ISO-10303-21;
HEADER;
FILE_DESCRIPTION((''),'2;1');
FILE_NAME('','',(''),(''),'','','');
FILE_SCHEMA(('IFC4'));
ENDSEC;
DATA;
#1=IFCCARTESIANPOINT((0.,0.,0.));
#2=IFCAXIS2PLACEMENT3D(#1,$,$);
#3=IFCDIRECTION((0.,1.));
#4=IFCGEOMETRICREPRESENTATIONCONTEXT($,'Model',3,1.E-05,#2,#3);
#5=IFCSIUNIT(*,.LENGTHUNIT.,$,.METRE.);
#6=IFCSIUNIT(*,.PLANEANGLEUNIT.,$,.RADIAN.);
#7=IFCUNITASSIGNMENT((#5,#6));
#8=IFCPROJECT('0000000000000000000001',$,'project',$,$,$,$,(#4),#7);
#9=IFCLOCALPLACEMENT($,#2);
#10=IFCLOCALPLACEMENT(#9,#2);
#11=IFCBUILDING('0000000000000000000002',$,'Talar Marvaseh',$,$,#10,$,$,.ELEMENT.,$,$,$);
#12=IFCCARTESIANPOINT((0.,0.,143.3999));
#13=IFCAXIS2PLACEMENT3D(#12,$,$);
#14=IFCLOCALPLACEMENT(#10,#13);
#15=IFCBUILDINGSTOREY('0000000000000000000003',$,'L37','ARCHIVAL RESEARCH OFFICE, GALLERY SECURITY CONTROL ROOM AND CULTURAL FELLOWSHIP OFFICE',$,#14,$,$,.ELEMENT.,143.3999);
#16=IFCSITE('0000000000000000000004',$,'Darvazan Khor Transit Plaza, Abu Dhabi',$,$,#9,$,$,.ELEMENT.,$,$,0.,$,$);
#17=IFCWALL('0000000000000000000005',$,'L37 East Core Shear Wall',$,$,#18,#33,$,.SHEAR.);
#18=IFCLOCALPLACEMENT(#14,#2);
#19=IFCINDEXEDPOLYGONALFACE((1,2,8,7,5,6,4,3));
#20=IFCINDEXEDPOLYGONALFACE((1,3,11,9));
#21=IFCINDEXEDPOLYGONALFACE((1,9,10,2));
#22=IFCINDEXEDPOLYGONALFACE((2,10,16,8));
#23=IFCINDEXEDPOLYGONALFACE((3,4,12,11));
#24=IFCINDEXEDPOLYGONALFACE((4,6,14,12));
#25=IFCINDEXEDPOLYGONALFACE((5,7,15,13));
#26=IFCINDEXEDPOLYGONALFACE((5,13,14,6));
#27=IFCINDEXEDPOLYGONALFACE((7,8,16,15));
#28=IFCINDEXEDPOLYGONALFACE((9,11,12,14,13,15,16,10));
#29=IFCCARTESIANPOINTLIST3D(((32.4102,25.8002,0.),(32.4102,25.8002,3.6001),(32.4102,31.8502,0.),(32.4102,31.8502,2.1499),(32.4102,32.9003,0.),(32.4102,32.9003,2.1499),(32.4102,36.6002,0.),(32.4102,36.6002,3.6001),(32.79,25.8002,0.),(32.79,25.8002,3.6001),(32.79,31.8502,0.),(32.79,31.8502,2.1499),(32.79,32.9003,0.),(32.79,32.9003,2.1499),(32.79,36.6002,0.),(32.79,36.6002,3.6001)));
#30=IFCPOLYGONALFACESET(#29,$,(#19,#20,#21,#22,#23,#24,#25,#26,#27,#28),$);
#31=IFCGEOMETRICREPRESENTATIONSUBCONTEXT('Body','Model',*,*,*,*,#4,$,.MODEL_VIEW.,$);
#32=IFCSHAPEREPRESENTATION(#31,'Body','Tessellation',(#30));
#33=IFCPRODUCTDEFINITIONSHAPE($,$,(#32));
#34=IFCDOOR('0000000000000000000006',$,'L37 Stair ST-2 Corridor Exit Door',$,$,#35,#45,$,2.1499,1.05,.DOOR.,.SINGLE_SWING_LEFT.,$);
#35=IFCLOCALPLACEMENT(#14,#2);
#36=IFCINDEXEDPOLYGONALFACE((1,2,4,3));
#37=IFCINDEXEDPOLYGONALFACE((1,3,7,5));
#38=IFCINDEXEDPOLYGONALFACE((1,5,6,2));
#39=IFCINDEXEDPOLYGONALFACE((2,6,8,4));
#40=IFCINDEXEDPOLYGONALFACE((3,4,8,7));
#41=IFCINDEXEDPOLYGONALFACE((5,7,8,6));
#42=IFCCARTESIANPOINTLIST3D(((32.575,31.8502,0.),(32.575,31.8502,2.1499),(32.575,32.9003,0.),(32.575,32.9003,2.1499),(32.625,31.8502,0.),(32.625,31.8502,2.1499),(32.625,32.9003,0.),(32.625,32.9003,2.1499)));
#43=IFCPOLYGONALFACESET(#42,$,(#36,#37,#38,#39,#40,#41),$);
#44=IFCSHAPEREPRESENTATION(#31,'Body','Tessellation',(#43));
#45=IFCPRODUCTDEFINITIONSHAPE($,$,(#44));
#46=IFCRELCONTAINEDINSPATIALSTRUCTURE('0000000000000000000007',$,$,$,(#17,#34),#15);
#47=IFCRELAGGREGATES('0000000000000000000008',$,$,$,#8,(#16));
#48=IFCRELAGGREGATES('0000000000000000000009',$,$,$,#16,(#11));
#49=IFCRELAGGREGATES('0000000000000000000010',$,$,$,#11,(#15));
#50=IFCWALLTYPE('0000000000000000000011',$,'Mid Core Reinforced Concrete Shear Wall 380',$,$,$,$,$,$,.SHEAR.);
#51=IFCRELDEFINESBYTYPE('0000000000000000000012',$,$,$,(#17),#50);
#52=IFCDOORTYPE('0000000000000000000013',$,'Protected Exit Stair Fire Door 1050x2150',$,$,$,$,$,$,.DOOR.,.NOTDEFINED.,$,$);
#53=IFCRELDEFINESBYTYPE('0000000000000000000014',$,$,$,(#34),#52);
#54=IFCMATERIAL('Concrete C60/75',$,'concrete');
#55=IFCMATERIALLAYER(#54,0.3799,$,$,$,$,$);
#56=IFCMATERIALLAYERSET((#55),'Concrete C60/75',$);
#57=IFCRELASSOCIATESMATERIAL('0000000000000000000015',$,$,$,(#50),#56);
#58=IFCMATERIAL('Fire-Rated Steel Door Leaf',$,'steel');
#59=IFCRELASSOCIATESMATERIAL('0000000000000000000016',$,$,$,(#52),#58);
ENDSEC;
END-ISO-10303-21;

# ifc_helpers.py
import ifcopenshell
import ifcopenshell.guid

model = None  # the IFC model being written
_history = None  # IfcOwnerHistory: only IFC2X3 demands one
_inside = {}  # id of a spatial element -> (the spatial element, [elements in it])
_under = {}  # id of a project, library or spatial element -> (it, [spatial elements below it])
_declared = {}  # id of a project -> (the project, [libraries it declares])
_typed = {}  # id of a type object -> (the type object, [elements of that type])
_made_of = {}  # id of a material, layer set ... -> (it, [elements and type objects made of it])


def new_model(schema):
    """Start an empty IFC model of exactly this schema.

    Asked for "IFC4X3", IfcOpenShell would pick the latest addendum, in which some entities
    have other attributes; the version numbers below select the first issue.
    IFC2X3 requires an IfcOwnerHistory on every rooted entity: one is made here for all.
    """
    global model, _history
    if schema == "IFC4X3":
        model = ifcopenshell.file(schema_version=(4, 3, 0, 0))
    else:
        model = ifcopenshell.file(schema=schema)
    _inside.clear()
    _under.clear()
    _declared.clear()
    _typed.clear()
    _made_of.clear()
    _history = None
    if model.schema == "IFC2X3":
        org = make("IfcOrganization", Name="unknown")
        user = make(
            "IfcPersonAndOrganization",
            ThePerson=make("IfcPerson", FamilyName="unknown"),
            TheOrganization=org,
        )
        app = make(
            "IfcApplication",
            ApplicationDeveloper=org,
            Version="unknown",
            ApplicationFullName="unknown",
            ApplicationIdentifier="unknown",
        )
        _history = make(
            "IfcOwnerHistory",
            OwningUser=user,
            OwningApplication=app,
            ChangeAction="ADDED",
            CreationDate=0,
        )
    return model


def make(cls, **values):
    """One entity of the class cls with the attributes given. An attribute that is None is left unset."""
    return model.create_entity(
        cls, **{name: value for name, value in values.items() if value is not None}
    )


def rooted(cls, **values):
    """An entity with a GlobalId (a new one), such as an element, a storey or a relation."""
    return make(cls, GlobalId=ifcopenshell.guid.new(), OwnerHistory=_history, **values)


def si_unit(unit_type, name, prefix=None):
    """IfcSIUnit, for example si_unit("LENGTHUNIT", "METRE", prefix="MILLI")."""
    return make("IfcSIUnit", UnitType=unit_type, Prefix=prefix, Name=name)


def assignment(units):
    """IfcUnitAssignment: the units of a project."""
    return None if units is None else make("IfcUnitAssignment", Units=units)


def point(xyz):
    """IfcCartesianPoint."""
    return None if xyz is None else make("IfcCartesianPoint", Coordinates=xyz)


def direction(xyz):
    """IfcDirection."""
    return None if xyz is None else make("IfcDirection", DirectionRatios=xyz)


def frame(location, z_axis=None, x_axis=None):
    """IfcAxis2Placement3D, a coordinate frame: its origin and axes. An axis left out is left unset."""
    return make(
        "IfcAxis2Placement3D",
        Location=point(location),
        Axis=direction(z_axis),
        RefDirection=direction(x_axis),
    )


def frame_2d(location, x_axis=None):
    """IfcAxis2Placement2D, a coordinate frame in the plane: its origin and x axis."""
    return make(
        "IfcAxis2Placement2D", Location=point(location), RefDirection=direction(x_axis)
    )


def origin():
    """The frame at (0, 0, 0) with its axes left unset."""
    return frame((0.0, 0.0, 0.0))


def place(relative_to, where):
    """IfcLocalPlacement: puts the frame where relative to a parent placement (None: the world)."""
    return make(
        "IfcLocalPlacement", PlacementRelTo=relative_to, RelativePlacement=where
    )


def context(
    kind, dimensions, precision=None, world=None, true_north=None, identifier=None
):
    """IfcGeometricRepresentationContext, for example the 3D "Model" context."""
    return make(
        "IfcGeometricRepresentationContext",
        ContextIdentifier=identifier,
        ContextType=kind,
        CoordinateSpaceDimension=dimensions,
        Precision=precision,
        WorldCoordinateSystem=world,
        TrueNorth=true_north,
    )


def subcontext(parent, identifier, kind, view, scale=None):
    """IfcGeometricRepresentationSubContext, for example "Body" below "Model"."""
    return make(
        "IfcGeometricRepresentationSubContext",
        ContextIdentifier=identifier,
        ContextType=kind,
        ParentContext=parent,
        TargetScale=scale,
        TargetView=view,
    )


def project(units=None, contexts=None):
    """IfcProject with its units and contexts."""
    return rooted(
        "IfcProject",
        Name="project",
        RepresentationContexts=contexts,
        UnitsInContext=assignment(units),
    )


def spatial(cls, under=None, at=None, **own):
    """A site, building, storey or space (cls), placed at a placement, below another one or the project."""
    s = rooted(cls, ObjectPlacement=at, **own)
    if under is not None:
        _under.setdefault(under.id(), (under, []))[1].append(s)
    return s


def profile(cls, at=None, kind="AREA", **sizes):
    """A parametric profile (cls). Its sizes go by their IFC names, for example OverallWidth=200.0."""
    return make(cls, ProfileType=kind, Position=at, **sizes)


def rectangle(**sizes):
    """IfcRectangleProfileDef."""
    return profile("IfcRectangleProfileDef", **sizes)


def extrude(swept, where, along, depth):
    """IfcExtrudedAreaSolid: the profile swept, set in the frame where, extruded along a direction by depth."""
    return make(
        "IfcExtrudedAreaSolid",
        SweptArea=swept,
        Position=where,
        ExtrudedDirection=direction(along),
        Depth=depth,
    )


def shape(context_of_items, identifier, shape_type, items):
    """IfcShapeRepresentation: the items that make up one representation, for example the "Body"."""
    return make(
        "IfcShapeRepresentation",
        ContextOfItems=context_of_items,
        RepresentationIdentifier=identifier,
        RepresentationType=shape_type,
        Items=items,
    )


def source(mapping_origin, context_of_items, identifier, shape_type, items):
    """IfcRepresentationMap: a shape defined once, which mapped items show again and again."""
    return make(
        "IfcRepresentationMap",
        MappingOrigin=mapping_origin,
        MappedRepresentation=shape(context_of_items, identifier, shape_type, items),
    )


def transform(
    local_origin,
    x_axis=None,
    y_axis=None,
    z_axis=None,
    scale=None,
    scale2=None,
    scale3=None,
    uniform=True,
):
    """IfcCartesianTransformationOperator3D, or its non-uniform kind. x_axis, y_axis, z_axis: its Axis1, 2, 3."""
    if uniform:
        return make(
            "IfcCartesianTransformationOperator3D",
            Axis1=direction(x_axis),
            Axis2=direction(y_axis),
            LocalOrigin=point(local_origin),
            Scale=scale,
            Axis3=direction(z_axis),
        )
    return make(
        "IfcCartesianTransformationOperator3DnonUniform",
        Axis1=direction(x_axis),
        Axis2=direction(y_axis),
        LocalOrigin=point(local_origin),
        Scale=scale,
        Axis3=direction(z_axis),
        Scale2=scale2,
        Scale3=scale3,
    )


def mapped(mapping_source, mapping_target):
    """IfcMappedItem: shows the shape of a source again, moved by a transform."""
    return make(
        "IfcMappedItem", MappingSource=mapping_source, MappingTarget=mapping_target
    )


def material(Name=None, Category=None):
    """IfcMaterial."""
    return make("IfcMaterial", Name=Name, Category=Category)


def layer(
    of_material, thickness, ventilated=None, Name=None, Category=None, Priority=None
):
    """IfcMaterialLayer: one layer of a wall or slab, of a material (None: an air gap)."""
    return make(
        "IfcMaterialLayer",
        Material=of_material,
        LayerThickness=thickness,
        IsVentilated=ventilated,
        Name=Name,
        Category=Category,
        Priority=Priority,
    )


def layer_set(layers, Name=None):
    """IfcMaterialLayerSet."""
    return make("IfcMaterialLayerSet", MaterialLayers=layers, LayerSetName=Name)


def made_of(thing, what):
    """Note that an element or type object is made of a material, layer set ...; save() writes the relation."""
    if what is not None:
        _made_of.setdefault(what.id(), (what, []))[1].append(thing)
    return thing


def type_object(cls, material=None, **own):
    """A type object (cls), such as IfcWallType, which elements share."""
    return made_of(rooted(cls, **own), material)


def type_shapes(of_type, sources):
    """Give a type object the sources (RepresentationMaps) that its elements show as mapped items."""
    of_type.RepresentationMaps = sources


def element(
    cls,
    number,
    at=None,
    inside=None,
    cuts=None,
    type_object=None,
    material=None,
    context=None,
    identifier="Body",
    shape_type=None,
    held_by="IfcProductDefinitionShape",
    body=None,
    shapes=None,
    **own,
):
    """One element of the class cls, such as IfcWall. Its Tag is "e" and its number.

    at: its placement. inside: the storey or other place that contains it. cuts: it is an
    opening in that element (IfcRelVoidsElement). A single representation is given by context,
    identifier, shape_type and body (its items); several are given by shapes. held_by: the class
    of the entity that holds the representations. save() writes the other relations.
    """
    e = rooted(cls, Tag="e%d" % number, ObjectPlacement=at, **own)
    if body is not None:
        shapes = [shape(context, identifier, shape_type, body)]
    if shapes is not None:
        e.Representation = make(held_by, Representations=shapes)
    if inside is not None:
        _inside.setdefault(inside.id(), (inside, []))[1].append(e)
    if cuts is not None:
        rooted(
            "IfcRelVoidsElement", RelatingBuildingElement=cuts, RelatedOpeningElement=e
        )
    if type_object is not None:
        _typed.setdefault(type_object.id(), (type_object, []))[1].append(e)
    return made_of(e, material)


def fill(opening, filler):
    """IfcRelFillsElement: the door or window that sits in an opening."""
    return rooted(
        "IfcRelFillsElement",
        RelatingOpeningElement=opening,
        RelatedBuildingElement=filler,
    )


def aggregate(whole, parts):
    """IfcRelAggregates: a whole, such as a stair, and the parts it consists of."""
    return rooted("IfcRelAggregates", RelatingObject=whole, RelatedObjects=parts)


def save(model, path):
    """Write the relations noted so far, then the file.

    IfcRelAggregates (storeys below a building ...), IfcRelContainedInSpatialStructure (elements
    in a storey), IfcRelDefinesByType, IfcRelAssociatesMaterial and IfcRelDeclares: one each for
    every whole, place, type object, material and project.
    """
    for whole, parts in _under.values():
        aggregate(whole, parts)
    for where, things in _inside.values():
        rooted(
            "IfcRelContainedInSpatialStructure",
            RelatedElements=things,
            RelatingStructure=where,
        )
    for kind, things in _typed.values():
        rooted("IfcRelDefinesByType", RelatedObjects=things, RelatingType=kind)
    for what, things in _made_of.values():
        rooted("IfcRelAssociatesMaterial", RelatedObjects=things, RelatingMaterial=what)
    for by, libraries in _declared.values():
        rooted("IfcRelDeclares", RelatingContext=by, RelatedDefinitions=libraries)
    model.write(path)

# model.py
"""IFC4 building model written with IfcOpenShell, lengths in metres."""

from ifc_helpers import new_model, si_unit, direction, frame, frame_2d, origin, place, context, subcontext, project, spatial, rectangle, extrude, source, transform, mapped, material, layer, layer_set, type_object, type_shapes, element, fill, save


model = new_model("IFC4")

# Units and contexts
model_context = context("Model", 3, precision=1e-05, world=origin(), true_north=direction((0.0, 1.0)))
body_context = subcontext(model_context, "Body", "Model", "MODEL_VIEW")
ifc_project = project(units=[si_unit("LENGTHUNIT", "METRE"), si_unit("PLANEANGLEUNIT", "RADIAN")], contexts=[model_context])

# Site, building, storey
site_placement = place(None, origin())
site = spatial("IfcSite", under=ifc_project, at=site_placement, Name="Darvazan Khor Transit Plaza, Abu Dhabi", CompositionType="ELEMENT", RefElevation=0.0)
building_placement = place(site_placement, origin())
building = spatial("IfcBuilding", under=site, at=building_placement, Name="Talar Marvaseh", CompositionType="ELEMENT")
storey_placement = place(building_placement, frame((0.0, 0.0, 143.3999)))
storey = spatial("IfcBuildingStorey", under=building, at=storey_placement, Name="L37", Description="ARCHIVAL RESEARCH OFFICE, GALLERY SECURITY CONTROL ROOM AND CULTURAL FELLOWSHIP OFFICE", CompositionType="ELEMENT", Elevation=143.3999)

# Shared definitions
ifc_material_1 = material(Name="Concrete C60/75", Category="concrete")

# Wall, opening, door
ifc_layer_1 = layer(ifc_material_1, 0.3799)
ifc_layer_set_1 = layer_set([ifc_layer_1], Name="Concrete C60/75")
wall_type_1 = type_object("IfcWallType", Name="Mid Core Reinforced Concrete Shear Wall 380", PredefinedType="SHEAR", material=ifc_layer_set_1)
wall_1_placement = place(storey_placement, frame((32.6001, 36.6001, 0.0), z_axis=(0.0, 0.0, 1.0), x_axis=(0.0, -1.0, 0.0)))
wall_1 = element("IfcWall", 1, at=wall_1_placement, inside=storey, type_object=wall_type_1, Name="L37 East Core Shear Wall", PredefinedType="SHEAR", context=body_context, shape_type="SweptSolid", body=[
    extrude(rectangle(XDim=10.8, YDim=0.3799, at=frame_2d((5.3999, 0.0))), origin(), (0.0, 0.0, 1.0), 3.6001),
])
opening_placement = place(wall_1_placement, frame((3.7, 0.0, 0.0)))
opening = element("IfcOpeningElement", 2, at=opening_placement, cuts=wall_1, PredefinedType="OPENING", context=body_context, shape_type="SweptSolid", body=[
    extrude(rectangle(XDim=1.05, YDim=2.1499, at=frame_2d((0.5249, 1.075))), frame((0.0, 0.2, 0.0), z_axis=(0.0, -1.0, 0.0), x_axis=(1.0, 0.0, 0.0)), (0.0, 0.0, 1.0), 0.3999),
])
ifc_material_2 = material(Name="Fire-Rated Steel Door Leaf", Category="steel")
door_type = type_object("IfcDoorType", Name="Protected Exit Stair Fire Door 1050x2150", OperationType="NOTDEFINED", PredefinedType="DOOR", material=ifc_material_2)
shared_shape_1 = source(origin(), body_context, "Body", "SweptSolid", [
    extrude(rectangle(XDim=1.05, YDim=2.1499, at=frame_2d((0.5249, 1.075))), frame((0.0, 0.0249, 0.0), z_axis=(0.0, -1.0, 0.0), x_axis=(1.0, 0.0, 0.0)), (0.0, 0.0, 1.0), 0.05),
])
type_shapes(door_type, [shared_shape_1])
door_placement = place(opening_placement, origin())
door = element("IfcDoor", 3, at=door_placement, inside=storey, type_object=door_type, Name="L37 Stair ST-2 Corridor Exit Door", OperationType="SINGLE_SWING_LEFT", OverallHeight=2.1499, OverallWidth=1.05, PredefinedType="DOOR", context=body_context, shape_type="MappedRepresentation", body=[
    mapped(shared_shape_1, transform((0.0, 0.0, 0.0), x_axis=(1.0, 0.0, 0.0), y_axis=(0.0, 1.0, 0.0), z_axis=(0.0, 0.0, 1.0), scale=1.0)),
])
fill(opening, door)

save(model, "model.ifc")
